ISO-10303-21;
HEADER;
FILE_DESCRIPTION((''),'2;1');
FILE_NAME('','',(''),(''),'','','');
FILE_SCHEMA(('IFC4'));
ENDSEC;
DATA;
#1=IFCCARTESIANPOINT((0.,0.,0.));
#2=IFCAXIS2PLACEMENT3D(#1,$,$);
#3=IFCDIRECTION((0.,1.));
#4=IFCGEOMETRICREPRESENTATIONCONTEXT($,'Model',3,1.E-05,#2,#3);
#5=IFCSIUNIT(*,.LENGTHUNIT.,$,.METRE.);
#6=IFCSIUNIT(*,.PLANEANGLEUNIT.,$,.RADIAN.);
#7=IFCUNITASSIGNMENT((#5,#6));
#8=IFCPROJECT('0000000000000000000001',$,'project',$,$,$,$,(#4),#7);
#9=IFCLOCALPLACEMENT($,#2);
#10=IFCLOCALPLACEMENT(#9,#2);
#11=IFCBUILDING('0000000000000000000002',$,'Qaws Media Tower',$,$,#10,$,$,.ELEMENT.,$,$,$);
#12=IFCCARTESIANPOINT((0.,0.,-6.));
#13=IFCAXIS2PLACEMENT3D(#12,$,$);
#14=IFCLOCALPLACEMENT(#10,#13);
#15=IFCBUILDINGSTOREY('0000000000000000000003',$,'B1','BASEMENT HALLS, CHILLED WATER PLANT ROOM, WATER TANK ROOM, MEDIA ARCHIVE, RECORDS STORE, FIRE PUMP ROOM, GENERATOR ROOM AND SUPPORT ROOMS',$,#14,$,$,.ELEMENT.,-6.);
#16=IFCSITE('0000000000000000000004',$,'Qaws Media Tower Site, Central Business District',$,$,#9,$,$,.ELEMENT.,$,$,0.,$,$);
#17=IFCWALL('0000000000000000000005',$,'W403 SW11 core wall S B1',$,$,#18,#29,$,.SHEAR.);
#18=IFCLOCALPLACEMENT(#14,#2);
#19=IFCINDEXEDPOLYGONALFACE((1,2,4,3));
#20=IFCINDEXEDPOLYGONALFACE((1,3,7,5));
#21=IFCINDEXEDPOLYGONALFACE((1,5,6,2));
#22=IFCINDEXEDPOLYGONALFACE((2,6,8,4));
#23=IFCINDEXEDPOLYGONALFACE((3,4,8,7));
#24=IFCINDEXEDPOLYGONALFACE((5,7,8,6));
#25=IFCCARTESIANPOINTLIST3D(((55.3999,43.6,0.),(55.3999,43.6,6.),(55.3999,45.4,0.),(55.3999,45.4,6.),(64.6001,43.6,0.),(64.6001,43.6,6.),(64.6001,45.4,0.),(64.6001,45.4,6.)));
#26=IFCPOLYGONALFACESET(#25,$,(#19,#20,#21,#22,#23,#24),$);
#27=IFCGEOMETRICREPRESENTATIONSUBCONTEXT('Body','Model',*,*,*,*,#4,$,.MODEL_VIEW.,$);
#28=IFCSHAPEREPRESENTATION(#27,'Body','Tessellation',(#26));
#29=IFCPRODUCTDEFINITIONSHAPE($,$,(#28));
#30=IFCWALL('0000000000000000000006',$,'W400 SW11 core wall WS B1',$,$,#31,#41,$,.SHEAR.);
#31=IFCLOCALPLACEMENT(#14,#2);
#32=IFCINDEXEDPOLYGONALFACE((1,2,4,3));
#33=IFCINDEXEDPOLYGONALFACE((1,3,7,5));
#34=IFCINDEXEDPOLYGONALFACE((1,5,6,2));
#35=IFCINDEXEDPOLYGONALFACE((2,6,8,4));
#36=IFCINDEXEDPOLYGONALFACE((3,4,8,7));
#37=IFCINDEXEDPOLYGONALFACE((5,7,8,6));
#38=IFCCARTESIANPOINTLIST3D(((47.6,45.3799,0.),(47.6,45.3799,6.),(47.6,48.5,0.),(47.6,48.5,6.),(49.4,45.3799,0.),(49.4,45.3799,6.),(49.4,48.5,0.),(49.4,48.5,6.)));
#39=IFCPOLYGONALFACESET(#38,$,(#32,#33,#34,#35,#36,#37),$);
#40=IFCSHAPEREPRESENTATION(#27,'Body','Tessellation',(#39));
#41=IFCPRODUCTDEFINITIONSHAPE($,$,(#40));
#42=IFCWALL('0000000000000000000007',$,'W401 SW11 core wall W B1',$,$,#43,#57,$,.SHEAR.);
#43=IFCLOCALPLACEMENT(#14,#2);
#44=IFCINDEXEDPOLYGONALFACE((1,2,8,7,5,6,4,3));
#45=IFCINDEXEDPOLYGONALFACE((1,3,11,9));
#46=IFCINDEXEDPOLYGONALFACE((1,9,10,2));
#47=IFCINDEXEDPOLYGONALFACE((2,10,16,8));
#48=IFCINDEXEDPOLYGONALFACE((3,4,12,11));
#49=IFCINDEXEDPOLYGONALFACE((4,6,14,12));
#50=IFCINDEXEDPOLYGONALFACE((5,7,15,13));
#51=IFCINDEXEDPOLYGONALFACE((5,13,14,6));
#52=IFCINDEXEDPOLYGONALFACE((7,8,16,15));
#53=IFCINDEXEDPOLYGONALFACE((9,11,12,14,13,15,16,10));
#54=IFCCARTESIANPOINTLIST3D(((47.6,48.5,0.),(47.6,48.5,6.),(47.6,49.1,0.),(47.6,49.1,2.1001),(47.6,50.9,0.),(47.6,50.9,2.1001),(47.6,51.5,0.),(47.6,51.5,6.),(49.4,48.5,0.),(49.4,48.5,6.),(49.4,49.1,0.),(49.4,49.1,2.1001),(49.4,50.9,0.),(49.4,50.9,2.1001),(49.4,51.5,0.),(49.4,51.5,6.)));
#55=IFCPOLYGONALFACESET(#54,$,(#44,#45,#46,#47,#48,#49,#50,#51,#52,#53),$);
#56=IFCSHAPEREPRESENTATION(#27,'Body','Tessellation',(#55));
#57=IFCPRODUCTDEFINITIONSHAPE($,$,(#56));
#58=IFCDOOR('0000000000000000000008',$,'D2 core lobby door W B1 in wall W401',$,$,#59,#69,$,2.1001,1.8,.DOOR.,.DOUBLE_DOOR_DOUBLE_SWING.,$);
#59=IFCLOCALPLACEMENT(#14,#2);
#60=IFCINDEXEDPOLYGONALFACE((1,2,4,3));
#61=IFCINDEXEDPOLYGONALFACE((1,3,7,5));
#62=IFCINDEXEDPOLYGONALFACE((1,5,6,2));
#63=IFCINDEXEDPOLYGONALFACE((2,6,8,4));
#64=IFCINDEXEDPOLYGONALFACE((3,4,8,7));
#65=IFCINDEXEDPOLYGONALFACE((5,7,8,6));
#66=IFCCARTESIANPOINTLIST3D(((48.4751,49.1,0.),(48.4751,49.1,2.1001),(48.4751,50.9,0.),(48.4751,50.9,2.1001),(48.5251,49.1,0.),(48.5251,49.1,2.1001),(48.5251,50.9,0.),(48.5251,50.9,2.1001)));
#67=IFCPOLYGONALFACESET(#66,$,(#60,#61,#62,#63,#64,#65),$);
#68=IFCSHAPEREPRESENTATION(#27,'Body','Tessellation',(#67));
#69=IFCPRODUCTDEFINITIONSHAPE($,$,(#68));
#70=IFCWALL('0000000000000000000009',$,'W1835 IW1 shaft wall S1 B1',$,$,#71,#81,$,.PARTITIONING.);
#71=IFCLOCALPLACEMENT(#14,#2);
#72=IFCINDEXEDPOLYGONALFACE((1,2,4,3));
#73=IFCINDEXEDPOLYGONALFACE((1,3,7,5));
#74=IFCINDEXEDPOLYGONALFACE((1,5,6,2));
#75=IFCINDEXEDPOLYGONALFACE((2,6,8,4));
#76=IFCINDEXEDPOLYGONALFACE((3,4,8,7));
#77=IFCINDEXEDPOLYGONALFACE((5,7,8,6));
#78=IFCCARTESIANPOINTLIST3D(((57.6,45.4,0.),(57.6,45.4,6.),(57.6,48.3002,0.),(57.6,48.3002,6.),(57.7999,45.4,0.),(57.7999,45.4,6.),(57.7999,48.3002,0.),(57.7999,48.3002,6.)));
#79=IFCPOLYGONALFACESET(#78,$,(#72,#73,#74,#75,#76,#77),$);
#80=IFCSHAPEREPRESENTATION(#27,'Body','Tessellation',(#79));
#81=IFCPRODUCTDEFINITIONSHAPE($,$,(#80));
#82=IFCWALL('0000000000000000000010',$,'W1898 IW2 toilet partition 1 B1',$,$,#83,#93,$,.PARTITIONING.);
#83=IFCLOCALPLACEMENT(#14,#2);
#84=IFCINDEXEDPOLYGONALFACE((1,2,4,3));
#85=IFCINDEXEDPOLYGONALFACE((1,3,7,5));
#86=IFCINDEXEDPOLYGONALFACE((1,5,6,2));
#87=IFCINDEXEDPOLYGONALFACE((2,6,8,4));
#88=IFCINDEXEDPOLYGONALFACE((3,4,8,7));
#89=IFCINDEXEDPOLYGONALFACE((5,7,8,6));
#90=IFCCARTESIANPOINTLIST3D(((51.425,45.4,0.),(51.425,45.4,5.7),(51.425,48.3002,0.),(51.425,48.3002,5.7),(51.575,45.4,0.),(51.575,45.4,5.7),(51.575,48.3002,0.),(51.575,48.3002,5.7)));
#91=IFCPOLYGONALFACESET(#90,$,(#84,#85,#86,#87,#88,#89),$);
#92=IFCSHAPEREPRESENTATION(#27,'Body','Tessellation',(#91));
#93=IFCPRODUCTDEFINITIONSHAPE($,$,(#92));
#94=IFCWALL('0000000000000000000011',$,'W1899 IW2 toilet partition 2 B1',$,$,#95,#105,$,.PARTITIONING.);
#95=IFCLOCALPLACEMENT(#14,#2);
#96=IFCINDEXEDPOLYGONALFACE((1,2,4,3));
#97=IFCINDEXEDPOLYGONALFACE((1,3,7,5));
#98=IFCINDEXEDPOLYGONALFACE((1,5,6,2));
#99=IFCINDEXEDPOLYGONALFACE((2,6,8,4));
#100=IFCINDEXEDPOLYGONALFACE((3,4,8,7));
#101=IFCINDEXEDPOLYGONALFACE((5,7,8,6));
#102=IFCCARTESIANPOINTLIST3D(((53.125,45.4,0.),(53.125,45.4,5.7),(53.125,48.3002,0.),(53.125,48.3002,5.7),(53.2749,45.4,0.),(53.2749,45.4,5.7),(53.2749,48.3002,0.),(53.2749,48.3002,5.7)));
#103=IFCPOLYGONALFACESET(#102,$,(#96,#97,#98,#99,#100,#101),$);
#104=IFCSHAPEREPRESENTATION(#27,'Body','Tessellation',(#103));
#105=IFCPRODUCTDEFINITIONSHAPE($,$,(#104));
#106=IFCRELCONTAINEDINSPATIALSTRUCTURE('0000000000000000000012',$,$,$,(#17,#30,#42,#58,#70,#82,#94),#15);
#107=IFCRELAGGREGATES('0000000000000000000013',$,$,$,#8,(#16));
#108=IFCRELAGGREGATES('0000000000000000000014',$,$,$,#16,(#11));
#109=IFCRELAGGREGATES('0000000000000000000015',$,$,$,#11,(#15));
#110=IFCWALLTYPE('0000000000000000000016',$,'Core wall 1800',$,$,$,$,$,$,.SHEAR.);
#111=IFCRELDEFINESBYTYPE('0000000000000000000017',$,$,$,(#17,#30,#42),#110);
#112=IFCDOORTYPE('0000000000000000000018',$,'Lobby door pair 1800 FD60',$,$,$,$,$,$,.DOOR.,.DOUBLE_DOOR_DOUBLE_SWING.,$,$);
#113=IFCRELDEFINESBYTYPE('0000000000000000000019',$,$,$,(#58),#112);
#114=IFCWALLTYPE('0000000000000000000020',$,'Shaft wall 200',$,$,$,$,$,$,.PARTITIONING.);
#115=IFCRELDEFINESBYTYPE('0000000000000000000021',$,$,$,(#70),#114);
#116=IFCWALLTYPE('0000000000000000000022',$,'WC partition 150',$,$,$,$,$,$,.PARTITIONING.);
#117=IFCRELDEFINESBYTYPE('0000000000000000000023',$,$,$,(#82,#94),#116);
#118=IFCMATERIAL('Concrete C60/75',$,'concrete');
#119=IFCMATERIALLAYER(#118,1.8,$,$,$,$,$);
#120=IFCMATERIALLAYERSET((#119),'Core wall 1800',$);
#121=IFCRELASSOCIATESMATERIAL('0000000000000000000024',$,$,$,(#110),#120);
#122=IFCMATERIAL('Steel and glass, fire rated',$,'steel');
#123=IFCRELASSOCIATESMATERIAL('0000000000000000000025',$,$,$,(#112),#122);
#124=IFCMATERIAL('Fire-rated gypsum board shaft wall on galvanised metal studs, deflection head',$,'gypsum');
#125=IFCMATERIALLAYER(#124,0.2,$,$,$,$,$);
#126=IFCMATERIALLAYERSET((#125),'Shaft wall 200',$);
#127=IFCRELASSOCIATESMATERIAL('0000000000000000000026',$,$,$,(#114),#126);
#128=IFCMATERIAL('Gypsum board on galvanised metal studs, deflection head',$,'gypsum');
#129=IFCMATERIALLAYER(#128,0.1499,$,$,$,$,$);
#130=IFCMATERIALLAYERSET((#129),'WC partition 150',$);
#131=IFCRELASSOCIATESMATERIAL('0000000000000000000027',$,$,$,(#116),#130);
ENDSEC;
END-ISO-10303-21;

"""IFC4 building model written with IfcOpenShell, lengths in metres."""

from ifc_helpers import new_model, si_unit, direction, frame, frame_2d, origin, place, context, subcontext, project, spatial, rectangle, extrude, material, layer, layer_set, type_object, element, fill, save


model = new_model("IFC4")

# Units and contexts
model_context = context("Model", 3, precision=1e-05, world=origin(), true_north=direction((0.0, 1.0)))
body_context = subcontext(model_context, "Body", "Model", "MODEL_VIEW")
ifc_project = project(units=[si_unit("LENGTHUNIT", "METRE"), si_unit("PLANEANGLEUNIT", "RADIAN")], contexts=[model_context])

# Site, building, storey
site_placement = place(None, origin())
site = spatial("IfcSite", under=ifc_project, at=site_placement, Name="Qaws Media Tower Site, Central Business District", CompositionType="ELEMENT", RefElevation=0.0)
building_placement = place(site_placement, origin())
building = spatial("IfcBuilding", under=site, at=building_placement, Name="Qaws Media Tower", CompositionType="ELEMENT")
storey_placement = place(building_placement, frame((0.0, 0.0, -6.0)))
storey = spatial("IfcBuildingStorey", under=building, at=storey_placement, Name="B1", Description="BASEMENT HALLS, CHILLED WATER PLANT ROOM, WATER TANK ROOM, MEDIA ARCHIVE, RECORDS STORE, FIRE PUMP ROOM, GENERATOR ROOM AND SUPPORT ROOMS", CompositionType="ELEMENT", Elevation=-6.0)

# Walls
ifc_material_1 = material(Name="Concrete C60/75", Category="concrete")
ifc_layer_1 = layer(ifc_material_1, 1.8)
ifc_layer_set_1 = layer_set([ifc_layer_1], Name="Core wall 1800")
wall_type_1 = type_object("IfcWallType", Name="Core wall 1800", PredefinedType="SHEAR", material=ifc_layer_set_1)
wall_1_placement = place(storey_placement, frame((55.3999, 44.5, 0.0), z_axis=(0.0, 0.0, 1.0), x_axis=(1.0, 0.0, 0.0)))
element("IfcWall", 1, at=wall_1_placement, inside=storey, type_object=wall_type_1, Name="W403 SW11 core wall S B1", PredefinedType="SHEAR", context=body_context, shape_type="SweptSolid", body=[
    extrude(rectangle(XDim=9.2002, YDim=1.8, at=frame_2d((4.6001, 0.0))), origin(), (0.0, 0.0, 1.0), 6.0),
])
wall_2_placement = place(storey_placement, frame((48.5, 45.3799, 0.0), z_axis=(0.0, 0.0, 1.0), x_axis=(0.0, 1.0, 0.0)))
element("IfcWall", 2, at=wall_2_placement, inside=storey, type_object=wall_type_1, Name="W400 SW11 core wall WS B1", PredefinedType="SHEAR", context=body_context, shape_type="SweptSolid", body=[
    extrude(rectangle(XDim=3.1201, YDim=1.8, at=frame_2d((1.5601, 0.0))), origin(), (0.0, 0.0, 1.0), 6.0),
])

# Wall, opening, door
wall_3_placement = place(storey_placement, frame((48.5, 48.5, 0.0), z_axis=(0.0, 0.0, 1.0), x_axis=(0.0, 1.0, 0.0)))
wall_3 = element("IfcWall", 3, at=wall_3_placement, inside=storey, type_object=wall_type_1, Name="W401 SW11 core wall W B1", PredefinedType="SHEAR", context=body_context, shape_type="SweptSolid", body=[
    extrude(rectangle(XDim=3.0, YDim=1.8, at=frame_2d((1.5, 0.0))), origin(), (0.0, 0.0, 1.0), 6.0),
])
opening_1_placement = place(wall_3_placement, frame((0.6001, 0.0, 0.0)))
opening_1 = element("IfcOpeningElement", 4, at=opening_1_placement, cuts=wall_3, PredefinedType="OPENING", context=body_context, shape_type="SweptSolid", body=[
    extrude(rectangle(XDim=1.8, YDim=2.1001, at=frame_2d((0.8999, 1.05))), frame((0.0, 0.9099, 0.0), z_axis=(0.0, -1.0, 0.0), x_axis=(1.0, 0.0, 0.0)), (0.0, 0.0, 1.0), 1.8201),
])
ifc_material_2 = material(Name="Steel and glass, fire rated", Category="steel")
door_type_1 = type_object("IfcDoorType", Name="Lobby door pair 1800 FD60", OperationType="DOUBLE_DOOR_DOUBLE_SWING", PredefinedType="DOOR", material=ifc_material_2)
door_1_placement = place(opening_1_placement, origin())
door_1 = element("IfcDoor", 5, at=door_1_placement, inside=storey, type_object=door_type_1, Name="D2 core lobby door W B1 in wall W401", OperationType="DOUBLE_DOOR_DOUBLE_SWING", OverallHeight=2.1001, OverallWidth=1.8, PredefinedType="DOOR", context=body_context, shape_type="SweptSolid", body=[
    extrude(rectangle(XDim=1.8, YDim=2.1001, at=frame_2d((0.8999, 1.05))), frame((0.0, 0.0249, 0.0), z_axis=(0.0, -1.0, 0.0), x_axis=(1.0, 0.0, 0.0)), (0.0, 0.0, 1.0), 0.05),
])
fill(opening_1, door_1)

# Walls
ifc_material_3 = material(Name="Fire-rated gypsum board shaft wall on galvanised metal studs, deflection head", Category="gypsum")
ifc_layer_2 = layer(ifc_material_3, 0.2)
ifc_layer_set_2 = layer_set([ifc_layer_2], Name="Shaft wall 200")
wall_type_2 = type_object("IfcWallType", Name="Shaft wall 200", PredefinedType="PARTITIONING", material=ifc_layer_set_2)
wall_4_placement = place(storey_placement, frame((57.7, 45.3999, 0.0), z_axis=(0.0, 0.0, 1.0), x_axis=(0.0, 1.0, 0.0)))
element("IfcWall", 6, at=wall_4_placement, inside=storey, type_object=wall_type_2, Name="W1835 IW1 shaft wall S1 B1", PredefinedType="PARTITIONING", context=body_context, shape_type="SweptSolid", body=[
    extrude(rectangle(XDim=2.9001, YDim=0.2, at=frame_2d((1.4502, 0.0))), origin(), (0.0, 0.0, 1.0), 6.0),
])
ifc_material_4 = material(Name="Gypsum board on galvanised metal studs, deflection head", Category="gypsum")
ifc_layer_3 = layer(ifc_material_4, 0.1499)
ifc_layer_set_3 = layer_set([ifc_layer_3], Name="WC partition 150")
wall_type_3 = type_object("IfcWallType", Name="WC partition 150", PredefinedType="PARTITIONING", material=ifc_layer_set_3)
for number, where, z_axis, x_axis, name in (
    (7, (51.5, 45.3999, 0.0), (0.0, 0.0, 1.0), (0.0, 1.0, 0.0), "W1898 IW2 toilet partition 1 B1"),
    (8, (53.2, 45.3999, 0.0), (0.0, 0.0, 1.0), (0.0, 1.0, 0.0), "W1899 IW2 toilet partition 2 B1"),
):
    element("IfcWall", number, at=place(storey_placement, frame(where, z_axis=z_axis, x_axis=x_axis)), inside=storey, type_object=wall_type_3, Name=name, PredefinedType="PARTITIONING", context=body_context, shape_type="SweptSolid", body=[
        extrude(rectangle(XDim=2.9001, YDim=0.1499, at=frame_2d((1.4502, 0.0))), origin(), (0.0, 0.0, 1.0), 5.7),
    ])

save(model, "model.ifc")
